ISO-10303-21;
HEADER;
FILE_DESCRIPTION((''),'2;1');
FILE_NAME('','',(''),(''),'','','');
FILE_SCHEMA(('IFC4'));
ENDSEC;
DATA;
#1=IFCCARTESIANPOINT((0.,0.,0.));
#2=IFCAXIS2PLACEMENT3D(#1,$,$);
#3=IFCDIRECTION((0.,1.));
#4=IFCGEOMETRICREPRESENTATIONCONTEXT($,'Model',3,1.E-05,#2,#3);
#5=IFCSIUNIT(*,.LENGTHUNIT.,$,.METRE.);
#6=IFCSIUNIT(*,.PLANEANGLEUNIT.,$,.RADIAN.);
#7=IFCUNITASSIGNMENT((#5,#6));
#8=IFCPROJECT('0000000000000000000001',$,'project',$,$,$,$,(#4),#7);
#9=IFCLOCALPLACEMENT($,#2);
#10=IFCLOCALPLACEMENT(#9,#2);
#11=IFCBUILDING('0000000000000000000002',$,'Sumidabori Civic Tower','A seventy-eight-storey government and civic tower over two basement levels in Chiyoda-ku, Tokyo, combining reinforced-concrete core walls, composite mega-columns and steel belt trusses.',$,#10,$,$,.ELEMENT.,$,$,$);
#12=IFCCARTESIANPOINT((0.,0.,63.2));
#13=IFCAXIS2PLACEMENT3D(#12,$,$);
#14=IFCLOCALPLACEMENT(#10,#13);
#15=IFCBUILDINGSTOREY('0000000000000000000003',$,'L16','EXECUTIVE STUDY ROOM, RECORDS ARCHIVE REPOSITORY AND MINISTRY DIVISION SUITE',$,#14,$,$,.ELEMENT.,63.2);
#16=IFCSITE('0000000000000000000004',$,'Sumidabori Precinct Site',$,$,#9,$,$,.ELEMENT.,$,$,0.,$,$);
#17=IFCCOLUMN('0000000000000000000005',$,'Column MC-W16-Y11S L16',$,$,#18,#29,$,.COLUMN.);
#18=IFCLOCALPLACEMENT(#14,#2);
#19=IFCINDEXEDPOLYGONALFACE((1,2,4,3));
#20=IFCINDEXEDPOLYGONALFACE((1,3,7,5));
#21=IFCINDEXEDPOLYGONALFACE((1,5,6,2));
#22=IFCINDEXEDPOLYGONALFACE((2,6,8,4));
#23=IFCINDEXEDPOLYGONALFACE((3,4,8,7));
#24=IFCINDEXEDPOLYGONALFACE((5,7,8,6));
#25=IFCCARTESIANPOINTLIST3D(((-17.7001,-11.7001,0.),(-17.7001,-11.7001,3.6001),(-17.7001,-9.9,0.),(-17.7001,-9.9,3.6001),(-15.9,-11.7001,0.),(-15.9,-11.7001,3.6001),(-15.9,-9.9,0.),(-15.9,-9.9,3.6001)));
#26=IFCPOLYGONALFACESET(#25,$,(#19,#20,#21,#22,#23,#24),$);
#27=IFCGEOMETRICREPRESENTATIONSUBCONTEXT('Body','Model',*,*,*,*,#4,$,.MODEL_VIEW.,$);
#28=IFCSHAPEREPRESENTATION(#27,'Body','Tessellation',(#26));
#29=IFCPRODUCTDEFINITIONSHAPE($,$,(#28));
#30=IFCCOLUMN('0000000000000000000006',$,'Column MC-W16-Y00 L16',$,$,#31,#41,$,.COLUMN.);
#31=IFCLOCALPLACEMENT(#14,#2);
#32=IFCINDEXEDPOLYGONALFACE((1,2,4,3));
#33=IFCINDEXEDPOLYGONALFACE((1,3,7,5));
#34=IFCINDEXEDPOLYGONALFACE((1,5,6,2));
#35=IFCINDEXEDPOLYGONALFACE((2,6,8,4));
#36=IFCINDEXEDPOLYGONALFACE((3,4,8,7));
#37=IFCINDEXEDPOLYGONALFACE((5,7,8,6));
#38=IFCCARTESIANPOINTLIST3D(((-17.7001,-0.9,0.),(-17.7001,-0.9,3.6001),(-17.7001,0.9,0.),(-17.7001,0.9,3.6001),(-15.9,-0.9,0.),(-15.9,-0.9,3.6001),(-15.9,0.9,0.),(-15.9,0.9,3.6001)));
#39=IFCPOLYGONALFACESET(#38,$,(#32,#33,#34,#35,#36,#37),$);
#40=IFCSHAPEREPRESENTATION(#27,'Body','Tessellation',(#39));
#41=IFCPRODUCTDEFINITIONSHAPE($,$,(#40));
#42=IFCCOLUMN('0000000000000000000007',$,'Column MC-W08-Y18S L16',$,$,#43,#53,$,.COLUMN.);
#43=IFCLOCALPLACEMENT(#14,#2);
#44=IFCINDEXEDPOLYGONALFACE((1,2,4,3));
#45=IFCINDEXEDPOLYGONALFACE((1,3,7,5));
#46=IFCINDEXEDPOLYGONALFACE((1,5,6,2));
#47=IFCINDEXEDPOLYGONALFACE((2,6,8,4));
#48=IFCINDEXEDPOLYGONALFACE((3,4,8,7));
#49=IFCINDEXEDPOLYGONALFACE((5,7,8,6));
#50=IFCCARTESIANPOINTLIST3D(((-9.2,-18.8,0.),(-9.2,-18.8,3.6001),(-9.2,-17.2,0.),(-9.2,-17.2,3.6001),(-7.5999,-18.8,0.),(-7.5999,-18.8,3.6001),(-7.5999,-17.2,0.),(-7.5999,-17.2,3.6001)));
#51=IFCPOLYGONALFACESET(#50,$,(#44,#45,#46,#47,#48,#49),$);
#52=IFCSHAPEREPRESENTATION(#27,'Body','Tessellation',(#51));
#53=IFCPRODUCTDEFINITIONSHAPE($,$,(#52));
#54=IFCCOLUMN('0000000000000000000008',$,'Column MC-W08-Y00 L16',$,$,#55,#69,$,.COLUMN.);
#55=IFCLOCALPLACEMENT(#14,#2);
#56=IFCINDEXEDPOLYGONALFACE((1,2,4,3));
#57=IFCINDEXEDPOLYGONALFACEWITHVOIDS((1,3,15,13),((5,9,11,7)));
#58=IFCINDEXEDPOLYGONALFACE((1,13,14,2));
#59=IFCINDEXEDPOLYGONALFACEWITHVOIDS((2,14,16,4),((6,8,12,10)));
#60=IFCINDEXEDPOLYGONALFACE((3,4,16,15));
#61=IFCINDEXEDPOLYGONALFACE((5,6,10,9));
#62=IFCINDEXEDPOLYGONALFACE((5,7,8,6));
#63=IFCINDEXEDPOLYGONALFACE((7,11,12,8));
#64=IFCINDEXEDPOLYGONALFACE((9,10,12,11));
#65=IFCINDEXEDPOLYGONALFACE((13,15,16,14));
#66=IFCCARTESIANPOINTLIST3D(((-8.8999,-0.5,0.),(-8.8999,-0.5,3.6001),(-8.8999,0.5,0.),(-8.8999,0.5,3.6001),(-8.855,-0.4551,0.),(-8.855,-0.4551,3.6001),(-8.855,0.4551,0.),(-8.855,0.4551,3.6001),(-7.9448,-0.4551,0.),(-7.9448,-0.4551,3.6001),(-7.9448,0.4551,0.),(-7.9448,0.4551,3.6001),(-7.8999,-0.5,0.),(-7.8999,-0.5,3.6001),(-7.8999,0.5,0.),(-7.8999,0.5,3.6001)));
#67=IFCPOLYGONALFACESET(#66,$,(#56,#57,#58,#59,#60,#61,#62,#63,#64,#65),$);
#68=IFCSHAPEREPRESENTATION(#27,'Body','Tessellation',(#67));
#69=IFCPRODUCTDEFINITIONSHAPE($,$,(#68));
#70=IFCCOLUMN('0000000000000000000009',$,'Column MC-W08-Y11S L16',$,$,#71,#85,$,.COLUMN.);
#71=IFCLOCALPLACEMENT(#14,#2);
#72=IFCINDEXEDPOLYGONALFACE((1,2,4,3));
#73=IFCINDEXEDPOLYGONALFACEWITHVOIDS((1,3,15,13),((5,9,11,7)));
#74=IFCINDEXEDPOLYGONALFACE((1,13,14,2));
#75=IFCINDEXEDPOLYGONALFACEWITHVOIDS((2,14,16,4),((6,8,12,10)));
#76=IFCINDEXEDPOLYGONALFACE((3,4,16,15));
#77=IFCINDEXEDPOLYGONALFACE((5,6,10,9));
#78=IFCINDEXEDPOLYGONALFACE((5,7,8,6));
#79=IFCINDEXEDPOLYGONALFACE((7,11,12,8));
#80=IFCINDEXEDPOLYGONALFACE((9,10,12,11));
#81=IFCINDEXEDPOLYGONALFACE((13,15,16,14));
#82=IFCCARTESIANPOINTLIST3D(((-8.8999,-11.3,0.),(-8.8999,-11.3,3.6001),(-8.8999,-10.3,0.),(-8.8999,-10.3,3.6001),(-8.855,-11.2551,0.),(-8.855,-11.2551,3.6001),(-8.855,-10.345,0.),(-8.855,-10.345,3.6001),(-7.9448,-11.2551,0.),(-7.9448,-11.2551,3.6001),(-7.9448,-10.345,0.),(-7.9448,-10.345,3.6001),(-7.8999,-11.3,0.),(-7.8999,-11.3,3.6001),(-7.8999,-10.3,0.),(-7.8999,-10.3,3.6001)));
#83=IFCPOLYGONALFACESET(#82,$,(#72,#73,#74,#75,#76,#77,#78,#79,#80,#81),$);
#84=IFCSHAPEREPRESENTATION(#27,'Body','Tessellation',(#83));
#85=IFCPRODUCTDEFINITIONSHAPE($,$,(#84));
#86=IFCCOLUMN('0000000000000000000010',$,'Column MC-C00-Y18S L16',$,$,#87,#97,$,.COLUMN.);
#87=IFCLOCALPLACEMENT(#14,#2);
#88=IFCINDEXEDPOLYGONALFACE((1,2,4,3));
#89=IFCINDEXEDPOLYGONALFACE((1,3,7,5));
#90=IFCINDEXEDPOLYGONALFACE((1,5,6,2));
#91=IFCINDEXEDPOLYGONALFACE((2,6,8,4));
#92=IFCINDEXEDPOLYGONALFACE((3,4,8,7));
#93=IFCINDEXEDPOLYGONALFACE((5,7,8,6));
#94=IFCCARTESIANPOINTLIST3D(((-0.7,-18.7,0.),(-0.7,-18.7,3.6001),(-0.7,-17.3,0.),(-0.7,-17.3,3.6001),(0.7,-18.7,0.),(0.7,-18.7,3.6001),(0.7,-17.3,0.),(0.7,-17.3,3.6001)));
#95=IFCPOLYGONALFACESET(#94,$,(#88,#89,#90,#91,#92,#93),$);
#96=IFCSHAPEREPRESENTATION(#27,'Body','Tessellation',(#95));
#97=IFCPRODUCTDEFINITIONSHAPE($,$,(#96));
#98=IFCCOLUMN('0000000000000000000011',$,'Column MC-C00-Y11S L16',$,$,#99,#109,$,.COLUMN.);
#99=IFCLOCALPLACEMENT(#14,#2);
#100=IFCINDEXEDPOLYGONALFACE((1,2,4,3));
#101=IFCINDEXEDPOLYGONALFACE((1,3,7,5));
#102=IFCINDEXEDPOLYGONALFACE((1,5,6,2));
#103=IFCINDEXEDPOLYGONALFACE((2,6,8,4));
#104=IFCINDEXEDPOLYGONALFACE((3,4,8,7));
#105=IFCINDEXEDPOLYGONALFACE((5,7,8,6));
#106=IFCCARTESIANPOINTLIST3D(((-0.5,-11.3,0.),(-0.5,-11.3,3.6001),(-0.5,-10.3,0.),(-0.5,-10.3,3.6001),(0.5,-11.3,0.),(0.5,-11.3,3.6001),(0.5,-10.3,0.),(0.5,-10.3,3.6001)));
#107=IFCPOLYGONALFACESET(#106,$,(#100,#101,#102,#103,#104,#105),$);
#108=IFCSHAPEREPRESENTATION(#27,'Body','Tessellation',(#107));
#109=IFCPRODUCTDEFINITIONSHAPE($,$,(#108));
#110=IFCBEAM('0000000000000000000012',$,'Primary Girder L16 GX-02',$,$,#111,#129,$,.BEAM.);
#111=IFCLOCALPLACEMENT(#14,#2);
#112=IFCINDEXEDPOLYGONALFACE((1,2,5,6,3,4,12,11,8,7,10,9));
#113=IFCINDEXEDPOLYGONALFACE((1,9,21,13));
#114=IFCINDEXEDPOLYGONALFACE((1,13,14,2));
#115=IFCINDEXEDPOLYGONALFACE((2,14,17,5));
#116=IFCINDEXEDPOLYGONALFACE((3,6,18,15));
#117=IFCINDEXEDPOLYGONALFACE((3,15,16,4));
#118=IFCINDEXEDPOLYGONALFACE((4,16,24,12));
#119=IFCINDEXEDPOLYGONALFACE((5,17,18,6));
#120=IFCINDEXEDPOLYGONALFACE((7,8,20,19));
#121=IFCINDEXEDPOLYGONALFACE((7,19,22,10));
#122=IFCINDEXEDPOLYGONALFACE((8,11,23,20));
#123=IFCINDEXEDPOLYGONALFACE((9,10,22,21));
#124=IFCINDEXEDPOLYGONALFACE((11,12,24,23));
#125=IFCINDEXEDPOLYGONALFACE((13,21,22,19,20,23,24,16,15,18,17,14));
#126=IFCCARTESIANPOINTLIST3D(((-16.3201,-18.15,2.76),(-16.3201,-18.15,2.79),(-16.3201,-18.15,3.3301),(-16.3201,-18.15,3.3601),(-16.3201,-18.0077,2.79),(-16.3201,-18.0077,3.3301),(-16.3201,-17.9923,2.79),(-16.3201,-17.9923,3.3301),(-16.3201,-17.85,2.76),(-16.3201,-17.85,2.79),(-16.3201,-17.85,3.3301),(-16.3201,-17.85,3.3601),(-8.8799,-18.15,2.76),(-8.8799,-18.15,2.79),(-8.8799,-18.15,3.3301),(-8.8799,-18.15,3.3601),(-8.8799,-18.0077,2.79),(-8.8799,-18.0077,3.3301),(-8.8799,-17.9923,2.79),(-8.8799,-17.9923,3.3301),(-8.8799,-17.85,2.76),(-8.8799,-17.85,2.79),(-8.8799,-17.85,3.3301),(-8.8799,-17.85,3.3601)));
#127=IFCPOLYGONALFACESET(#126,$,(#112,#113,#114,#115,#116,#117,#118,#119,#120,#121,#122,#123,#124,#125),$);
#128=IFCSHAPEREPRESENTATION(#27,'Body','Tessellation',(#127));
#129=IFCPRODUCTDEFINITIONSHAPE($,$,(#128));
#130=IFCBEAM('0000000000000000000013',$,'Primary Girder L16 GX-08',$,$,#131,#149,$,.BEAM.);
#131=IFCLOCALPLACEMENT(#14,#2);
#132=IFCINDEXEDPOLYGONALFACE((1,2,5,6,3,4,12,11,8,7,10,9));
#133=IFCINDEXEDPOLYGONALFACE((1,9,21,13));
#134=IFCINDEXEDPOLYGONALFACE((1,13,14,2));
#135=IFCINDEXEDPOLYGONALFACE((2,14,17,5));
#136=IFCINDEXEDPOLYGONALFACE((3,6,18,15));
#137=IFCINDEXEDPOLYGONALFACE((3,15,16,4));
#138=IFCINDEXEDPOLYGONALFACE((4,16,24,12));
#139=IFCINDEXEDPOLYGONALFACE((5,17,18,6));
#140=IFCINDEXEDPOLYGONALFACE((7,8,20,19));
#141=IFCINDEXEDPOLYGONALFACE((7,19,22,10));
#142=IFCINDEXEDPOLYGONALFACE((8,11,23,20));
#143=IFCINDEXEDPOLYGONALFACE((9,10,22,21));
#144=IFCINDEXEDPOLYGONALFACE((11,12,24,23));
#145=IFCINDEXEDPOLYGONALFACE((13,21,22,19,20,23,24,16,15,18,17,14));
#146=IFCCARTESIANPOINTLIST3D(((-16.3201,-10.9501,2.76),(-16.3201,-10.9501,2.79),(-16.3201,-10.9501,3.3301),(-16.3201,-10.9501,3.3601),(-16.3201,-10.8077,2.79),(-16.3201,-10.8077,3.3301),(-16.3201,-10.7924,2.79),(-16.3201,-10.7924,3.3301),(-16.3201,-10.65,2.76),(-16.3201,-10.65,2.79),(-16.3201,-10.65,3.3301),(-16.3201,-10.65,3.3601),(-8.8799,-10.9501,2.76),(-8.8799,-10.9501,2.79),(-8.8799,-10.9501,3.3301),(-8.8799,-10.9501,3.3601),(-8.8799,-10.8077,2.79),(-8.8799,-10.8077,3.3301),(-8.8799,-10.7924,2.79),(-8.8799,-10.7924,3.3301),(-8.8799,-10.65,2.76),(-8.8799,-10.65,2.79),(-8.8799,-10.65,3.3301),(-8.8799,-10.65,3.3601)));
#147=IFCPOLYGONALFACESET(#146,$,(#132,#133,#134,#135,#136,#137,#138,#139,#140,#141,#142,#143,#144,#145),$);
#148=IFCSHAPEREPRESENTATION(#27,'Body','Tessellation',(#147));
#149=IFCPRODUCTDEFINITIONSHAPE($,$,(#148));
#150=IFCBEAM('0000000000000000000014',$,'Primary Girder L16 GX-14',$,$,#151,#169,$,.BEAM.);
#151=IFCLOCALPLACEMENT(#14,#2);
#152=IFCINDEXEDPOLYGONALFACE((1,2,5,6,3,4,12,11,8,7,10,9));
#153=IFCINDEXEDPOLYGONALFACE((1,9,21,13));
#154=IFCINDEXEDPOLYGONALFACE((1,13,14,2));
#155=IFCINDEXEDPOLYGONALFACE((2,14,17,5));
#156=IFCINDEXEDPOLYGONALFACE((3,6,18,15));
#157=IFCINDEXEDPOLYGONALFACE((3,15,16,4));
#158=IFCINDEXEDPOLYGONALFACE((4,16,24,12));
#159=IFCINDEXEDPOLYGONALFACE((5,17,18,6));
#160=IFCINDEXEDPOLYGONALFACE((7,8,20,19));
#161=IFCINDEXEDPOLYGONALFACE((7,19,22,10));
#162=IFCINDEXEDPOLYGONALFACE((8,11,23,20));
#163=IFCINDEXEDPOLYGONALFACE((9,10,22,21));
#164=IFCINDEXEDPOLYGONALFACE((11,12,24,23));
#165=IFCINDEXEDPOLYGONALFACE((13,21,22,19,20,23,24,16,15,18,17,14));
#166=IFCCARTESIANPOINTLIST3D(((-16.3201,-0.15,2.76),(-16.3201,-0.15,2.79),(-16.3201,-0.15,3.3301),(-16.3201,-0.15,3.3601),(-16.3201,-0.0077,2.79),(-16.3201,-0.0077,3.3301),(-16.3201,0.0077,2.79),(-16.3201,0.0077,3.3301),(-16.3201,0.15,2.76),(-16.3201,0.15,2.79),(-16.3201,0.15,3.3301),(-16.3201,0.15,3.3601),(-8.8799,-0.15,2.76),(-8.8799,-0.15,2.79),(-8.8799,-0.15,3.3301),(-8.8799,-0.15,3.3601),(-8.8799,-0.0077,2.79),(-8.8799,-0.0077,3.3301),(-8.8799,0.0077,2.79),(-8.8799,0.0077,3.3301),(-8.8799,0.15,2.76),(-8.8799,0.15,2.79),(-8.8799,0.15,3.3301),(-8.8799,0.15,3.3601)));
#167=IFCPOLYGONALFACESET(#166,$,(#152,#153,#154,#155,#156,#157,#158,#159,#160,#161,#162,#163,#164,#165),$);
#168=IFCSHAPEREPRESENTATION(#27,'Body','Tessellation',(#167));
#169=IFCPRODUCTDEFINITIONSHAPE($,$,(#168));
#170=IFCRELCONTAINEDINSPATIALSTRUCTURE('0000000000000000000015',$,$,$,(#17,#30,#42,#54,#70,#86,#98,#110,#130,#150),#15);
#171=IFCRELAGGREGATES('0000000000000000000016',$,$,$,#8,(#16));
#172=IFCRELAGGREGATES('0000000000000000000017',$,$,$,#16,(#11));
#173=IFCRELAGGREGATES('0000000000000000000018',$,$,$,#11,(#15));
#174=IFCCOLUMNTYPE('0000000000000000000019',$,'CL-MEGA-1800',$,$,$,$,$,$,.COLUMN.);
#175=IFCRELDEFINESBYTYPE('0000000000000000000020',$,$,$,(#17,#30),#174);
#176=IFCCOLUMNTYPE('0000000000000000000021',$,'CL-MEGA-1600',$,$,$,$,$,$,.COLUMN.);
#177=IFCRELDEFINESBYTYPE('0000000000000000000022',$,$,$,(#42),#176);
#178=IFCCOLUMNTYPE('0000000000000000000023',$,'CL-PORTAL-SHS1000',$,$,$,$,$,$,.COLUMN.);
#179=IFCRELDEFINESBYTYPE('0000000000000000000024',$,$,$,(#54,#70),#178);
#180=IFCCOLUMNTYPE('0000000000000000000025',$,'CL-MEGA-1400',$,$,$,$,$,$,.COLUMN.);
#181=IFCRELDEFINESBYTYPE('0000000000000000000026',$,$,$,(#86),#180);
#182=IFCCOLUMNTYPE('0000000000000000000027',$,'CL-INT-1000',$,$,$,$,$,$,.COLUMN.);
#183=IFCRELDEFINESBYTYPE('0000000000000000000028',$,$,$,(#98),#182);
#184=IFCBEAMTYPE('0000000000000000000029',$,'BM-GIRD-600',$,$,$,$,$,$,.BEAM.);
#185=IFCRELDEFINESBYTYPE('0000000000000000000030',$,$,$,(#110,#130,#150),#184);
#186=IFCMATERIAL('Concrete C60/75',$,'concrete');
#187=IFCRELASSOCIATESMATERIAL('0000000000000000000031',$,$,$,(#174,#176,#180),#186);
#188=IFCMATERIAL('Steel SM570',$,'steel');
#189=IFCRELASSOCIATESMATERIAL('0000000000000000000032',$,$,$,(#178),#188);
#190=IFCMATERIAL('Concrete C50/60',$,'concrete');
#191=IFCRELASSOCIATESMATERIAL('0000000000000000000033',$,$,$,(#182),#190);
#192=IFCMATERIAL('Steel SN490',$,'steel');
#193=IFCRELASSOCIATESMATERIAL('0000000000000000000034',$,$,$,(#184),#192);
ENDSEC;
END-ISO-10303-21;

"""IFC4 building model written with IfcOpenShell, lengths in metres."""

from ifc_helpers import new_model, si_unit, direction, frame, origin, origin_2d, place, context, subcontext, project, spatial, rectangle, hollow_rectangle, i_section, extrude, source, transform, mapped, material, material_profile, profile_set, type_object, element, save


model = new_model("IFC4")

# Units and contexts
model_context = context("Model", 3, precision=1e-05, world=origin(), true_north=direction((0.0, 1.0)))
body_context = subcontext(model_context, "Body", "Model", "MODEL_VIEW")
ifc_project = project(units=[si_unit("LENGTHUNIT", "METRE"), si_unit("PLANEANGLEUNIT", "RADIAN")], contexts=[model_context])

# Site, building, storey
site_placement = place(None, origin())
site = spatial("IfcSite", under=ifc_project, at=site_placement, Name="Sumidabori Precinct Site", CompositionType="ELEMENT", RefElevation=0.0)
building_placement = place(site_placement, origin())
building = spatial("IfcBuilding", under=site, at=building_placement, Name="Sumidabori Civic Tower", Description="A seventy-eight-storey government and civic tower over two basement levels in Chiyoda-ku, Tokyo, combining reinforced-concrete core walls, composite mega-columns and steel belt trusses.", CompositionType="ELEMENT")
storey_placement = place(building_placement, frame((0.0, 0.0, 63.2)))
storey = spatial("IfcBuildingStorey", under=building, at=storey_placement, Name="L16", Description="EXECUTIVE STUDY ROOM, RECORDS ARCHIVE REPOSITORY AND MINISTRY DIVISION SUITE", CompositionType="ELEMENT", Elevation=63.2)

# Columns
ifc_material_1 = material(Name="Concrete C60/75", Category="concrete")
ifc_material_profile_1 = material_profile(ifc_material_1, rectangle(XDim=1.8, YDim=1.8, at=origin_2d()), Name="RC 1800x1800")
ifc_profile_set_1 = profile_set([ifc_material_profile_1], Name="Concrete C60/75")
column_type_1 = type_object("IfcColumnType", Name="CL-MEGA-1800", PredefinedType="COLUMN", material=ifc_profile_set_1)
shared_shape_1 = source(origin(), body_context, "Body", "SweptSolid", [
    extrude(rectangle(XDim=1.8, YDim=1.8, at=origin_2d()), origin(), (0.0, 0.0, 1.0), 3.6001),
])
for number, where, z_axis, x_axis, name in (
    (1, (-16.8, -10.8, 0.0), (0.0, 0.0, 1.0), (1.0, 0.0, 0.0), "Column MC-W16-Y11S L16"),
    (2, (-16.8, 0.0, 0.0), (0.0, 0.0, 1.0), (1.0, 0.0, 0.0), "Column MC-W16-Y00 L16"),
):
    element("IfcColumn", number, at=place(storey_placement, frame(where, z_axis=z_axis, x_axis=x_axis)), inside=storey, type_object=column_type_1, Name=name, PredefinedType="COLUMN", context=body_context, shape_type="MappedRepresentation", body=[
        mapped(shared_shape_1, transform((0.0, 0.0, 0.0), x_axis=(1.0, 0.0, 0.0), y_axis=(0.0, 1.0, 0.0), z_axis=(0.0, 0.0, 1.0), scale=1.0)),
    ])
ifc_material_profile_2 = material_profile(ifc_material_1, rectangle(XDim=1.6001, YDim=1.6001, at=origin_2d()), Name="RC 1600x1600")
ifc_profile_set_2 = profile_set([ifc_material_profile_2], Name="Concrete C60/75")
column_type_2 = type_object("IfcColumnType", Name="CL-MEGA-1600", PredefinedType="COLUMN", material=ifc_profile_set_2)
shared_shape_2 = source(origin(), body_context, "Body", "SweptSolid", [
    extrude(rectangle(XDim=1.6001, YDim=1.6001, at=origin_2d()), origin(), (0.0, 0.0, 1.0), 3.6001),
])
column_1_placement = place(storey_placement, frame((-8.3999, -18.0, 0.0), z_axis=(0.0, 0.0, 1.0), x_axis=(1.0, 0.0, 0.0)))
element("IfcColumn", 3, at=column_1_placement, inside=storey, type_object=column_type_2, Name="Column MC-W08-Y18S L16", PredefinedType="COLUMN", context=body_context, shape_type="MappedRepresentation", body=[
    mapped(shared_shape_2, transform((0.0, 0.0, 0.0), x_axis=(1.0, 0.0, 0.0), y_axis=(0.0, 1.0, 0.0), z_axis=(0.0, 0.0, 1.0), scale=1.0)),
])
ifc_material_2 = material(Name="Steel SM570", Category="steel")
ifc_material_profile_3 = material_profile(ifc_material_2, hollow_rectangle(XDim=1.0, YDim=1.0, WallThickness=0.0449, at=origin_2d()), Name="SHS 1000x1000x45")
ifc_profile_set_3 = profile_set([ifc_material_profile_3], Name="Steel SM570")
column_type_3 = type_object("IfcColumnType", Name="CL-PORTAL-SHS1000", PredefinedType="COLUMN", material=ifc_profile_set_3)
shared_shape_3 = source(origin(), body_context, "Body", "SweptSolid", [
    extrude(hollow_rectangle(XDim=1.0, YDim=1.0, WallThickness=0.0449, at=origin_2d()), origin(), (0.0, 0.0, 1.0), 3.6001),
])
for number, where, z_axis, x_axis, name in (
    (4, (-8.3999, 0.0, 0.0), (0.0, 0.0, 1.0), (1.0, 0.0, 0.0), "Column MC-W08-Y00 L16"),
    (5, (-8.3999, -10.8, 0.0), (0.0, 0.0, 1.0), (1.0, 0.0, 0.0), "Column MC-W08-Y11S L16"),
):
    element("IfcColumn", number, at=place(storey_placement, frame(where, z_axis=z_axis, x_axis=x_axis)), inside=storey, type_object=column_type_3, Name=name, PredefinedType="COLUMN", context=body_context, shape_type="MappedRepresentation", body=[
        mapped(shared_shape_3, transform((0.0, 0.0, 0.0), x_axis=(1.0, 0.0, 0.0), y_axis=(0.0, 1.0, 0.0), z_axis=(0.0, 0.0, 1.0), scale=1.0)),
    ])
ifc_material_profile_4 = material_profile(ifc_material_1, rectangle(XDim=1.3999, YDim=1.3999, at=origin_2d()), Name="RC 1400x1400")
ifc_profile_set_4 = profile_set([ifc_material_profile_4], Name="Concrete C60/75")
column_type_4 = type_object("IfcColumnType", Name="CL-MEGA-1400", PredefinedType="COLUMN", material=ifc_profile_set_4)
shared_shape_4 = source(origin(), body_context, "Body", "SweptSolid", [
    extrude(rectangle(XDim=1.3999, YDim=1.3999, at=origin_2d()), origin(), (0.0, 0.0, 1.0), 3.6001),
])
column_2_placement = place(storey_placement, frame((0.0, -18.0, 0.0), z_axis=(0.0, 0.0, 1.0), x_axis=(1.0, 0.0, 0.0)))
element("IfcColumn", 6, at=column_2_placement, inside=storey, type_object=column_type_4, Name="Column MC-C00-Y18S L16", PredefinedType="COLUMN", context=body_context, shape_type="MappedRepresentation", body=[
    mapped(shared_shape_4, transform((0.0, 0.0, 0.0), x_axis=(1.0, 0.0, 0.0), y_axis=(0.0, 1.0, 0.0), z_axis=(0.0, 0.0, 1.0), scale=1.0)),
])
ifc_material_3 = material(Name="Concrete C50/60", Category="concrete")
ifc_material_profile_5 = material_profile(ifc_material_3, rectangle(XDim=1.0, YDim=1.0, at=origin_2d()), Name="RC 1000x1000")
ifc_profile_set_5 = profile_set([ifc_material_profile_5], Name="Concrete C50/60")
column_type_5 = type_object("IfcColumnType", Name="CL-INT-1000", PredefinedType="COLUMN", material=ifc_profile_set_5)
shared_shape_5 = source(origin(), body_context, "Body", "SweptSolid", [
    extrude(rectangle(XDim=1.0, YDim=1.0, at=origin_2d()), origin(), (0.0, 0.0, 1.0), 3.6001),
])
column_3_placement = place(storey_placement, frame((0.0, -10.8, 0.0), z_axis=(0.0, 0.0, 1.0), x_axis=(1.0, 0.0, 0.0)))
element("IfcColumn", 7, at=column_3_placement, inside=storey, type_object=column_type_5, Name="Column MC-C00-Y11S L16", PredefinedType="COLUMN", context=body_context, shape_type="MappedRepresentation", body=[
    mapped(shared_shape_5, transform((0.0, 0.0, 0.0), x_axis=(1.0, 0.0, 0.0), y_axis=(0.0, 1.0, 0.0), z_axis=(0.0, 0.0, 1.0), scale=1.0)),
])

# Beams
ifc_material_4 = material(Name="Steel SN490", Category="steel")
ifc_material_profile_6 = material_profile(ifc_material_4, i_section(OverallWidth=0.3, OverallDepth=0.6001, WebThickness=0.0154, FlangeThickness=0.03, at=origin_2d()), Name="HE 600 B")
ifc_profile_set_6 = profile_set([ifc_material_profile_6], Name="Steel SN490")
beam_type_1 = type_object("IfcBeamType", Name="BM-GIRD-600", PredefinedType="BEAM", material=ifc_profile_set_6)
shared_shape_6 = source(origin(), body_context, "Body", "SweptSolid", [
    extrude(i_section(OverallWidth=0.3, OverallDepth=0.6001, WebThickness=0.0154, FlangeThickness=0.03, at=origin_2d()), origin(), (0.0, 0.0, 1.0), 7.4402),
])
for number, where, z_axis, x_axis, name in (
    (8, (-16.3201, -18.0, 3.0601), (1.0, 0.0, 0.0), (0.0, 1.0, 0.0), "Primary Girder L16 GX-02"),
    (9, (-16.3201, -10.8, 3.0601), (1.0, 0.0, 0.0), (0.0, 1.0, 0.0), "Primary Girder L16 GX-08"),
    (10, (-16.3201, 0.0, 3.0601), (1.0, 0.0, 0.0), (0.0, 1.0, 0.0), "Primary Girder L16 GX-14"),
):
    element("IfcBeam", number, at=place(storey_placement, frame(where, z_axis=z_axis, x_axis=x_axis)), inside=storey, type_object=beam_type_1, Name=name, PredefinedType="BEAM", context=body_context, shape_type="MappedRepresentation", body=[
        mapped(shared_shape_6, transform((0.0, 0.0, 0.0), x_axis=(1.0, 0.0, 0.0), y_axis=(0.0, 1.0, 0.0), z_axis=(0.0, 0.0, 1.0), scale=1.0)),
    ])

save(model, "model.ifc")
